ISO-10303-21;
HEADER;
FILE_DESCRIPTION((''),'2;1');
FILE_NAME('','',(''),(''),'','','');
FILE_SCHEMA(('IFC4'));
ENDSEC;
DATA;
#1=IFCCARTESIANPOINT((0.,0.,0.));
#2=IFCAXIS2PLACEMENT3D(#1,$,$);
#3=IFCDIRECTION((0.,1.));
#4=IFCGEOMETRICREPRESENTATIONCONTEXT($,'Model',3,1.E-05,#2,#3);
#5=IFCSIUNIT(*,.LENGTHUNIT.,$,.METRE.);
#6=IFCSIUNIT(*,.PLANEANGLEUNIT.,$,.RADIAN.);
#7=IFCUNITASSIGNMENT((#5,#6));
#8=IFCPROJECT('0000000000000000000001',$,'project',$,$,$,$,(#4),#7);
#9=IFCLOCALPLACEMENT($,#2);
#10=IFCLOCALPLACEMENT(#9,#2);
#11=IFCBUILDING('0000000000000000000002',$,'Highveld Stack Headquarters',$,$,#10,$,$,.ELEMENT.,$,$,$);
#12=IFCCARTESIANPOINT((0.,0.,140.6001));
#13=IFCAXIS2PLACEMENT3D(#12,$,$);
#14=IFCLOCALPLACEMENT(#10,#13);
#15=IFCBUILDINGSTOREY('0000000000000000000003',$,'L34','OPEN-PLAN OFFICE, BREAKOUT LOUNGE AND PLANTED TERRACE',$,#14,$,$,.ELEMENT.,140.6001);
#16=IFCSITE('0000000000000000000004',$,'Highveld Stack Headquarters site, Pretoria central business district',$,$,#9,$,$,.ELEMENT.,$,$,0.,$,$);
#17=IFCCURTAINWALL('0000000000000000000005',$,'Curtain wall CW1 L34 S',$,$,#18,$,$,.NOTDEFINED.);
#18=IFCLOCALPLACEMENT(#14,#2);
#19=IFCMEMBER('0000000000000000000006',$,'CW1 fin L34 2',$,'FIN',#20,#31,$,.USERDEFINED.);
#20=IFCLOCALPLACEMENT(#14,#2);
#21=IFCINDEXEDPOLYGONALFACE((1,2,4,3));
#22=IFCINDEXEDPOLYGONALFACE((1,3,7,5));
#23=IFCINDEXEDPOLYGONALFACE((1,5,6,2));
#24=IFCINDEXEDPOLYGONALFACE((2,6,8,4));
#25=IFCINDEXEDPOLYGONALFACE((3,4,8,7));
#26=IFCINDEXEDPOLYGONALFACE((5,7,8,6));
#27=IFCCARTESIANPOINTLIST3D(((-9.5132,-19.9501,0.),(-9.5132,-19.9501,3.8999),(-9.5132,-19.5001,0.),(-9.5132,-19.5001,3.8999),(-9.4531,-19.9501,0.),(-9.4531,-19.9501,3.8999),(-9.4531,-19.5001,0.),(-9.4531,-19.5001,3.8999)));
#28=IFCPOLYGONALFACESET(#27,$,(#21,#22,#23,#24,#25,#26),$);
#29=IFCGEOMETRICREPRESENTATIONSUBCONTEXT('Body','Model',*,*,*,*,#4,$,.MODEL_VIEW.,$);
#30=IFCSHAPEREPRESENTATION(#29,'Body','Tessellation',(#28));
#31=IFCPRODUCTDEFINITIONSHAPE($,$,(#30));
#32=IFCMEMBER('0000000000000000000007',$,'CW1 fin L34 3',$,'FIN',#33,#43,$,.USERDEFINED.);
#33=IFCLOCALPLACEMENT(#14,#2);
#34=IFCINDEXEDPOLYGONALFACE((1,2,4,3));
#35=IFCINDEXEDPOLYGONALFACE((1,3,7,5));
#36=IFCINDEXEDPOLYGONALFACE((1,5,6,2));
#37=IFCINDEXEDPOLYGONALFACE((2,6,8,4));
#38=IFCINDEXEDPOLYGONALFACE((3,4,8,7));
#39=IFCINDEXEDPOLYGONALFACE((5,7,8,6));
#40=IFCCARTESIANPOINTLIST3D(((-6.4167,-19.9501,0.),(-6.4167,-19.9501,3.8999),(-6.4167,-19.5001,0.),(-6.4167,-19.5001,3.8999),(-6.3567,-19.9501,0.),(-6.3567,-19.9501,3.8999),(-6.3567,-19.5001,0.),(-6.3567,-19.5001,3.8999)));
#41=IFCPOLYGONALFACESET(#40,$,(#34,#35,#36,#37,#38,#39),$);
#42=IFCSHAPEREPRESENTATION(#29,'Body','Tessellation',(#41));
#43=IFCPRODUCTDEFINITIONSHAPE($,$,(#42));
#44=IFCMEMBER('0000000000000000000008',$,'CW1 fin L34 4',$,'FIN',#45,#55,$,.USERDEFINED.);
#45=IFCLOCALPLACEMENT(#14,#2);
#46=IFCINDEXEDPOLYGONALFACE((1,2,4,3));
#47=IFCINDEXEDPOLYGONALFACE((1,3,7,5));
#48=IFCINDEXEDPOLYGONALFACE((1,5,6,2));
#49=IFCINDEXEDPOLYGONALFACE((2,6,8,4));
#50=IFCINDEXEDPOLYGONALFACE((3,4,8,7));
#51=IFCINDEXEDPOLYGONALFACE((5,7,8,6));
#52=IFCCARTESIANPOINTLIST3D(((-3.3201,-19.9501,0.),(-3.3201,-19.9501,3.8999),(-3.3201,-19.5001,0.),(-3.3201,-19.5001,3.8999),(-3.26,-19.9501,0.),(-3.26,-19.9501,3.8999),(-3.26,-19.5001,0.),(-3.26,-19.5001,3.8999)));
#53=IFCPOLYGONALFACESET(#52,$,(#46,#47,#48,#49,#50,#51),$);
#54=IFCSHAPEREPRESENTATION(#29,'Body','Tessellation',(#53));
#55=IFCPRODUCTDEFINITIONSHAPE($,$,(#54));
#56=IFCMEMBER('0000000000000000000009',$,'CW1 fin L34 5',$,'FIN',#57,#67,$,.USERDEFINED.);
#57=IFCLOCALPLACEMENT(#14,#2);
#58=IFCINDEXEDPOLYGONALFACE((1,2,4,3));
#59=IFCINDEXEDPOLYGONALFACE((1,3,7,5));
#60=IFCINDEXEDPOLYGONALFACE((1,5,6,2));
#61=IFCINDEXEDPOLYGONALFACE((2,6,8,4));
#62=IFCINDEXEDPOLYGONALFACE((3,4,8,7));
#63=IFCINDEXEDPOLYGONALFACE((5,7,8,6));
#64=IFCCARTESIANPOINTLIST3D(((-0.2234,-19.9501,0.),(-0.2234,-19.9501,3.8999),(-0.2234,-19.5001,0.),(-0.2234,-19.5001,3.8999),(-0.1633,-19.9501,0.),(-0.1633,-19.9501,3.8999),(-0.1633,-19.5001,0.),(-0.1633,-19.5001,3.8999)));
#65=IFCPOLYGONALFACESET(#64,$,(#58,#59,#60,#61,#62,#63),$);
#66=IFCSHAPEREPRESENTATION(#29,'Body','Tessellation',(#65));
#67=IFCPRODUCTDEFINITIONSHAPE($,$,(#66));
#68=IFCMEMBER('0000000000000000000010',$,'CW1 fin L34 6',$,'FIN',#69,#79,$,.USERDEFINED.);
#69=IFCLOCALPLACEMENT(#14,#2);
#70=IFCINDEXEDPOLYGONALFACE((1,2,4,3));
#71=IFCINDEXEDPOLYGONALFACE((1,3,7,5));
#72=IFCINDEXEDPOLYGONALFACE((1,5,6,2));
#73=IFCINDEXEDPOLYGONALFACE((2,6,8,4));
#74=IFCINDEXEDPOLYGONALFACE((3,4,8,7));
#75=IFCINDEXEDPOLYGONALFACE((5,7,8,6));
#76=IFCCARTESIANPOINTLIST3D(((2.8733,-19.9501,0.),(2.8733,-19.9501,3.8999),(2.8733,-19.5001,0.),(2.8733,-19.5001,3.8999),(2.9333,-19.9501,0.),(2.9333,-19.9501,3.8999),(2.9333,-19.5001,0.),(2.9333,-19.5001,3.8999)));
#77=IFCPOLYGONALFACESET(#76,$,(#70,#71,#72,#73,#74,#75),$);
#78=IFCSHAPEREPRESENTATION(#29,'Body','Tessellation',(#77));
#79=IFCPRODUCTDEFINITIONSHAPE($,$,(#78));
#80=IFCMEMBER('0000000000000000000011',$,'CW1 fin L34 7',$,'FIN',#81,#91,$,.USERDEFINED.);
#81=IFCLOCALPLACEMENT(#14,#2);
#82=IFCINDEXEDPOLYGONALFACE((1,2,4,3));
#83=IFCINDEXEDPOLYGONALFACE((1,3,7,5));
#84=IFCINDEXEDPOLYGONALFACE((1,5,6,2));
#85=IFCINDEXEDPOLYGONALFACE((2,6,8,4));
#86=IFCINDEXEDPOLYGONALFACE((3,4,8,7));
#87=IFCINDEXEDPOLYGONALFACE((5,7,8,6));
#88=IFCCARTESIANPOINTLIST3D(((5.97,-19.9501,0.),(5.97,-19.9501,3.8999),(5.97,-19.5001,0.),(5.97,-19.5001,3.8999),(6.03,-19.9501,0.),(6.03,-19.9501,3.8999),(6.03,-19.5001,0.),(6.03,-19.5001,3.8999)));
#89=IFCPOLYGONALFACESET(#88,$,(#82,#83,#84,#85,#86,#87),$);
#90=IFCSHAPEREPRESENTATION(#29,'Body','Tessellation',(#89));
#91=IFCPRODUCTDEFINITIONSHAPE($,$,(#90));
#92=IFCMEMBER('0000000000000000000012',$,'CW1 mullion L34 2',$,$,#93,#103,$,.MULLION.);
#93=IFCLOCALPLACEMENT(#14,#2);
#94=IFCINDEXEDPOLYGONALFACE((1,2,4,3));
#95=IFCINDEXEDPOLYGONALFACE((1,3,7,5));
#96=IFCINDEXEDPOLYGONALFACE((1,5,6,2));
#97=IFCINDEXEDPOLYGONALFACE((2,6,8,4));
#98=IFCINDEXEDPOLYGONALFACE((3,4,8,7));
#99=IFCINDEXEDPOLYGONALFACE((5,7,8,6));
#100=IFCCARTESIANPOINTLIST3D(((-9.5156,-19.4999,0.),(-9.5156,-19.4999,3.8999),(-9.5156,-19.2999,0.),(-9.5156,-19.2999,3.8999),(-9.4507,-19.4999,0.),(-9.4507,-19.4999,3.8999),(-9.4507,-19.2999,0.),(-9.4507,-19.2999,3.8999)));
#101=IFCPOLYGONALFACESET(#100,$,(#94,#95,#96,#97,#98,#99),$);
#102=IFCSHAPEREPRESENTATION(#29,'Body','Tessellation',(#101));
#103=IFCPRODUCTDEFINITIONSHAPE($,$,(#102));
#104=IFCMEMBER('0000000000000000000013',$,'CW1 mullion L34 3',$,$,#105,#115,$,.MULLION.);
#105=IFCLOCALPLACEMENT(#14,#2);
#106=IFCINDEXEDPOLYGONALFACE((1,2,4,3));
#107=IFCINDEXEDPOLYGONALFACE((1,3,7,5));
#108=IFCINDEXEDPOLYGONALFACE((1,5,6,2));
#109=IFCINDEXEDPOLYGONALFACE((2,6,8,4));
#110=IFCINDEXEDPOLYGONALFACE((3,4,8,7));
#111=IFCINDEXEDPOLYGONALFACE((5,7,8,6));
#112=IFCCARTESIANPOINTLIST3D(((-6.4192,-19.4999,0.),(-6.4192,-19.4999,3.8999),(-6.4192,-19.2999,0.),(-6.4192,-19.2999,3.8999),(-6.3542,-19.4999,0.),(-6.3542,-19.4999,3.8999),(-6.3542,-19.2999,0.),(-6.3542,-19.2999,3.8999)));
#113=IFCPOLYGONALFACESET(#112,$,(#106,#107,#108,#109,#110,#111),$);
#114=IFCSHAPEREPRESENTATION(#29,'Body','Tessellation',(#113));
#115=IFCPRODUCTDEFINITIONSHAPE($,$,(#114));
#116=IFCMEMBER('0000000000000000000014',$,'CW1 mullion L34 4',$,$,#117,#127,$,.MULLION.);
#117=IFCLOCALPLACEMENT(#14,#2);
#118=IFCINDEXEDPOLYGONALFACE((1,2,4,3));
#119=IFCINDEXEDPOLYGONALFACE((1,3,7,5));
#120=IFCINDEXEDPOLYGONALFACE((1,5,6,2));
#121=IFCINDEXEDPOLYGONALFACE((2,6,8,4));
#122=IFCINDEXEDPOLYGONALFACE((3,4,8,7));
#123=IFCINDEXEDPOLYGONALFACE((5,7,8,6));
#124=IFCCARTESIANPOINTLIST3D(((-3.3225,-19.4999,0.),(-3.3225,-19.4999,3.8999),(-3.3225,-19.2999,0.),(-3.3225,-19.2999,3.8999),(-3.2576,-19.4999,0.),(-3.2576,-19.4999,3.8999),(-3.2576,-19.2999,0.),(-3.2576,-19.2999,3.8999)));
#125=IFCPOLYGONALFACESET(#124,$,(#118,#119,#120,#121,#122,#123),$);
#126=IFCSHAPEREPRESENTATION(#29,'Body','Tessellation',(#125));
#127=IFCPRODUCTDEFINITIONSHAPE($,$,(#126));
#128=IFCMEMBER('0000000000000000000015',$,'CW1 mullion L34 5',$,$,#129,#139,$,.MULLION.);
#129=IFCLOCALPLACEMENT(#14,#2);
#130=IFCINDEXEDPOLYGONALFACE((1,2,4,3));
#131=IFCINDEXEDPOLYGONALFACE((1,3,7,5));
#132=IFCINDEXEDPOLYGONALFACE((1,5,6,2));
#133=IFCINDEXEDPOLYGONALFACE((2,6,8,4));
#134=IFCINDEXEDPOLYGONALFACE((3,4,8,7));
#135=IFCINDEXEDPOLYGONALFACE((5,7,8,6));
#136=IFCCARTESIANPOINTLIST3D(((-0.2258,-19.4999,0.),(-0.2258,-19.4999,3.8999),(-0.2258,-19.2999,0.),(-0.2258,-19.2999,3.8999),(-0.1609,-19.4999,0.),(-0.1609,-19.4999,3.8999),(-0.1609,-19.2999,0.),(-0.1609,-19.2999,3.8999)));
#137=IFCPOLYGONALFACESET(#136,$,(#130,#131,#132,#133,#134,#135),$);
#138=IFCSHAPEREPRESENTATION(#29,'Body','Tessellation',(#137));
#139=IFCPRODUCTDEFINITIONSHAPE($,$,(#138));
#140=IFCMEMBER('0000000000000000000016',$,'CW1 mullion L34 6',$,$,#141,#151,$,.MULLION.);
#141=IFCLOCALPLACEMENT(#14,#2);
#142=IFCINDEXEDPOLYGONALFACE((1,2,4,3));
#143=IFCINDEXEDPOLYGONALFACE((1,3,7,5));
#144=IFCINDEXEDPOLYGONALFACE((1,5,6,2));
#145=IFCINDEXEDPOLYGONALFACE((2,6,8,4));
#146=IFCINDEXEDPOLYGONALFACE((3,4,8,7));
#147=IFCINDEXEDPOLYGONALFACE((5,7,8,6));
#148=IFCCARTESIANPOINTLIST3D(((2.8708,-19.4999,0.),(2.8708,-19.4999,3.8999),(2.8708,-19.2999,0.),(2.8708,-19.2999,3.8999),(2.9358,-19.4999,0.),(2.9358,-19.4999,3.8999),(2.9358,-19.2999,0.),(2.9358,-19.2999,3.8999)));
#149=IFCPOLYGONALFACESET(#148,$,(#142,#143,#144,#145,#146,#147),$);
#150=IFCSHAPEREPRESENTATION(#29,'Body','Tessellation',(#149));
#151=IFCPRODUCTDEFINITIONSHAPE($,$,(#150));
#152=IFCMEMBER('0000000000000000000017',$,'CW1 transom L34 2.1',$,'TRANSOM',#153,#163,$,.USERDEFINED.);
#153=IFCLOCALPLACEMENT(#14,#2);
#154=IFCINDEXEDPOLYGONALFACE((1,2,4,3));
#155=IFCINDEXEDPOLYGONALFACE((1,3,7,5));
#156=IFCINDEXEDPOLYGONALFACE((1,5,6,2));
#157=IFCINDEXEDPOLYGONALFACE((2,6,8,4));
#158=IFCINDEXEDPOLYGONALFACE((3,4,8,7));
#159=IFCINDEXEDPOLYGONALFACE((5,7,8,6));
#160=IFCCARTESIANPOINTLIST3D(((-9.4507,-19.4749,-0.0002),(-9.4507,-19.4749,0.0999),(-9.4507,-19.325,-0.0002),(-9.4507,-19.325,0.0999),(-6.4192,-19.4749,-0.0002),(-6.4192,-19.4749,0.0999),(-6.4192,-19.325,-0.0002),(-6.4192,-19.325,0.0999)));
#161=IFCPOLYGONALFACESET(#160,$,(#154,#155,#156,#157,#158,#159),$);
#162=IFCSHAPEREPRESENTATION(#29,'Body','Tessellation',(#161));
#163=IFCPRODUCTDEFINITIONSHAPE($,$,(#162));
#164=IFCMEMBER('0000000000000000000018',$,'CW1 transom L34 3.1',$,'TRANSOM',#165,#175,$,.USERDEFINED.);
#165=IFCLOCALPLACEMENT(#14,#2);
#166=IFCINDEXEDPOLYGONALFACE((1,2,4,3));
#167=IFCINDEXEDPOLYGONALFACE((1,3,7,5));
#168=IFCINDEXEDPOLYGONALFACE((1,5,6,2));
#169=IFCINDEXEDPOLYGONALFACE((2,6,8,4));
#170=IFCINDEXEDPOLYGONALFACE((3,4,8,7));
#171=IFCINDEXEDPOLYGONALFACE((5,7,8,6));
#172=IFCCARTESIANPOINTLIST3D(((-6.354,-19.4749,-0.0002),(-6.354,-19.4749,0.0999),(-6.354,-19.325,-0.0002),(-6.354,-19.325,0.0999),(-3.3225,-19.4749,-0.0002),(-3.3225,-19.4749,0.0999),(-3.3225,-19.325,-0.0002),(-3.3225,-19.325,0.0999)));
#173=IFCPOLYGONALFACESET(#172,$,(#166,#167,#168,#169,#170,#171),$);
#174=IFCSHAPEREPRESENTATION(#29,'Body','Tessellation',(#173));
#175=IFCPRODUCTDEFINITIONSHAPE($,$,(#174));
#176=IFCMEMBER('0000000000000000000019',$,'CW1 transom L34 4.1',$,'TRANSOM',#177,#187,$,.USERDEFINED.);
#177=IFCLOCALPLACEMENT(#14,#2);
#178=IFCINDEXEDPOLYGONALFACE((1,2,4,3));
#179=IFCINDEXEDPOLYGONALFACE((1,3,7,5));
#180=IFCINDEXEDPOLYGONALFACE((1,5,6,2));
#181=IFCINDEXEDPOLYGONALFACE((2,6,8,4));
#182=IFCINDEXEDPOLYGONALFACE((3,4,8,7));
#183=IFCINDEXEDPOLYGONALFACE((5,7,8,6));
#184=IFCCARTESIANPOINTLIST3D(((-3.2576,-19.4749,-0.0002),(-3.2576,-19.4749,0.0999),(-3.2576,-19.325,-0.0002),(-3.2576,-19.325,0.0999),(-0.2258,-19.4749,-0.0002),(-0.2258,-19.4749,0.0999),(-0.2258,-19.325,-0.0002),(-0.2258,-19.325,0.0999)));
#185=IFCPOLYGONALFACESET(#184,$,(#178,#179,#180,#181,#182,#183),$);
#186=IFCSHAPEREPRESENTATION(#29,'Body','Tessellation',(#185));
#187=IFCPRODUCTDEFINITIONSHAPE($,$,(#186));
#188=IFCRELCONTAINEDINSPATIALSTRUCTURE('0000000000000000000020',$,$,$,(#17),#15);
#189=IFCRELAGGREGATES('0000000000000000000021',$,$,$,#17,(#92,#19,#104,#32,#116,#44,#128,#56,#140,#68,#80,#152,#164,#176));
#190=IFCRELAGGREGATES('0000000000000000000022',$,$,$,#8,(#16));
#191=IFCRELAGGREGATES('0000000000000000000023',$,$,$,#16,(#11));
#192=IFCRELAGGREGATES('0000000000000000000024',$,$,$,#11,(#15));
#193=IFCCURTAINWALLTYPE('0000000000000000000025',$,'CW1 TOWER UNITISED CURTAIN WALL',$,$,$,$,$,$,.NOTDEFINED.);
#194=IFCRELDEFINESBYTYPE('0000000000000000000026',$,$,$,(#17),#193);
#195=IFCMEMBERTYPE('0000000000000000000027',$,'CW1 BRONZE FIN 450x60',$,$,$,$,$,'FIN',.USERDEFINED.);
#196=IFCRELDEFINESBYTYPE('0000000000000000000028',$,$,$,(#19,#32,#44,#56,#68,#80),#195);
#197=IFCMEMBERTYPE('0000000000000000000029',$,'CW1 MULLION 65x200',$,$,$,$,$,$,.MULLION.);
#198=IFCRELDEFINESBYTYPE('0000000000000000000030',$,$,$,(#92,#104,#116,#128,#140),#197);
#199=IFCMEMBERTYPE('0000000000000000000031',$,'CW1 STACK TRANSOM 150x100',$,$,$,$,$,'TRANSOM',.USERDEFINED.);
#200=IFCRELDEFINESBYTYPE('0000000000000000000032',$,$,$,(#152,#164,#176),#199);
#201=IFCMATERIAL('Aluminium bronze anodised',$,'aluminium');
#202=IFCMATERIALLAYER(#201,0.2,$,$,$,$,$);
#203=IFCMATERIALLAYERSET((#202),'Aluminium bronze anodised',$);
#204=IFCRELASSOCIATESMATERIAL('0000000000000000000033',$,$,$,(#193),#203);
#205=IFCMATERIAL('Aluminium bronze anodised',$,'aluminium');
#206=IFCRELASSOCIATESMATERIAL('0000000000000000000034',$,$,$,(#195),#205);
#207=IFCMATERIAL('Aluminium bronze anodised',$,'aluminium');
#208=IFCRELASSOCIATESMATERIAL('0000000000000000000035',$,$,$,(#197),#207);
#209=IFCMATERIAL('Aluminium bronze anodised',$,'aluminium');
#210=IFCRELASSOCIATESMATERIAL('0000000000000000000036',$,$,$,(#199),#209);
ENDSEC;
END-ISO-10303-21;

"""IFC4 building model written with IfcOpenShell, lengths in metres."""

from ifc_helpers import new_model, si_unit, direction, frame, origin, origin_2d, place, context, subcontext, project, spatial, rectangle, extrude, material, layer, layer_set, material_profile, profile_set, type_object, element, aggregate, save


model = new_model("IFC4")

# Units and contexts
model_context = context("Model", 3, precision=1e-05, world=origin(), true_north=direction((0.0, 1.0)))
body_context = subcontext(model_context, "Body", "Model", "MODEL_VIEW")
ifc_project = project(units=[si_unit("LENGTHUNIT", "METRE"), si_unit("PLANEANGLEUNIT", "RADIAN")], contexts=[model_context])

# Site, building, storey
site_placement = place(None, origin())
site = spatial("IfcSite", under=ifc_project, at=site_placement, Name="Highveld Stack Headquarters site, Pretoria central business district", CompositionType="ELEMENT", RefElevation=0.0)
building_placement = place(site_placement, origin())
building = spatial("IfcBuilding", under=site, at=building_placement, Name="Highveld Stack Headquarters", CompositionType="ELEMENT")
storey_placement = place(building_placement, frame((0.0, 0.0, 140.6001)))
storey = spatial("IfcBuildingStorey", under=building, at=storey_placement, Name="L34", Description="OPEN-PLAN OFFICE, BREAKOUT LOUNGE AND PLANTED TERRACE", CompositionType="ELEMENT", Elevation=140.6001)

# Curtain wall, members
ifc_material_1 = material(Name="Aluminium bronze anodised", Category="aluminium")
ifc_layer_1 = layer(ifc_material_1, 0.2)
ifc_layer_set_1 = layer_set([ifc_layer_1], Name="Aluminium bronze anodised")
curtain_wall_type = type_object("IfcCurtainWallType", Name="CW1 TOWER UNITISED CURTAIN WALL", PredefinedType="NOTDEFINED", material=ifc_layer_set_1)
curtain_wall_placement = place(storey_placement, origin())
curtain_wall = element("IfcCurtainWall", 1, at=curtain_wall_placement, inside=storey, type_object=curtain_wall_type, Name="Curtain wall CW1 L34 S", PredefinedType="NOTDEFINED")
ifc_material_2 = material(Name="Aluminium bronze anodised", Category="aluminium")
ifc_material_profile_1 = material_profile(ifc_material_2, rectangle(XDim=0.45, YDim=0.0601, at=origin_2d()), Name="FIN 450x60")
ifc_profile_set_1 = profile_set([ifc_material_profile_1], Name="Aluminium bronze anodised")
member_type_1 = type_object("IfcMemberType", Name="CW1 BRONZE FIN 450x60", ElementType="FIN", PredefinedType="USERDEFINED", material=ifc_profile_set_1)
member_1_placement = place(storey_placement, frame((-9.4832, -19.7251, 0.0), z_axis=(0.0, 0.0, 1.0), x_axis=(0.0, 1.0, 0.0)))
member_1 = element("IfcMember", 2, at=member_1_placement, type_object=member_type_1, Name="CW1 fin L34 2", ObjectType="FIN", PredefinedType="USERDEFINED", context=body_context, shape_type="SweptSolid", body=[
    extrude(rectangle(XDim=0.45, YDim=0.0601, at=origin_2d()), origin(), (0.0, 0.0, 1.0), 3.8999),
])
member_2_placement = place(storey_placement, frame((-6.3867, -19.7251, 0.0), z_axis=(0.0, 0.0, 1.0), x_axis=(0.0, 1.0, 0.0)))
member_2 = element("IfcMember", 3, at=member_2_placement, type_object=member_type_1, Name="CW1 fin L34 3", ObjectType="FIN", PredefinedType="USERDEFINED", context=body_context, shape_type="SweptSolid", body=[
    extrude(rectangle(XDim=0.45, YDim=0.0601, at=origin_2d()), origin(), (0.0, 0.0, 1.0), 3.8999),
])
member_3_placement = place(storey_placement, frame((-3.29, -19.7251, 0.0), z_axis=(0.0, 0.0, 1.0), x_axis=(0.0, 1.0, 0.0)))
member_3 = element("IfcMember", 4, at=member_3_placement, type_object=member_type_1, Name="CW1 fin L34 4", ObjectType="FIN", PredefinedType="USERDEFINED", context=body_context, shape_type="SweptSolid", body=[
    extrude(rectangle(XDim=0.45, YDim=0.0601, at=origin_2d()), origin(), (0.0, 0.0, 1.0), 3.8999),
])
member_4_placement = place(storey_placement, frame((-0.1934, -19.7251, 0.0), z_axis=(0.0, 0.0, 1.0), x_axis=(0.0, 1.0, 0.0)))
member_4 = element("IfcMember", 5, at=member_4_placement, type_object=member_type_1, Name="CW1 fin L34 5", ObjectType="FIN", PredefinedType="USERDEFINED", context=body_context, shape_type="SweptSolid", body=[
    extrude(rectangle(XDim=0.45, YDim=0.0601, at=origin_2d()), origin(), (0.0, 0.0, 1.0), 3.8999),
])
member_5_placement = place(storey_placement, frame((2.9033, -19.7251, 0.0), z_axis=(0.0, 0.0, 1.0), x_axis=(0.0, 1.0, 0.0)))
member_5 = element("IfcMember", 6, at=member_5_placement, type_object=member_type_1, Name="CW1 fin L34 6", ObjectType="FIN", PredefinedType="USERDEFINED", context=body_context, shape_type="SweptSolid", body=[
    extrude(rectangle(XDim=0.45, YDim=0.0601, at=origin_2d()), origin(), (0.0, 0.0, 1.0), 3.8999),
])
member_6_placement = place(storey_placement, frame((6.0, -19.7251, 0.0), z_axis=(0.0, 0.0, 1.0), x_axis=(0.0, 1.0, 0.0)))
member_6 = element("IfcMember", 7, at=member_6_placement, type_object=member_type_1, Name="CW1 fin L34 7", ObjectType="FIN", PredefinedType="USERDEFINED", context=body_context, shape_type="SweptSolid", body=[
    extrude(rectangle(XDim=0.45, YDim=0.0601, at=origin_2d()), origin(), (0.0, 0.0, 1.0), 3.8999),
])
ifc_material_3 = material(Name="Aluminium bronze anodised", Category="aluminium")
ifc_material_profile_2 = material_profile(ifc_material_3, rectangle(XDim=0.2, YDim=0.0649, at=origin_2d()), Name="CW1 MULLION 65x200")
ifc_profile_set_2 = profile_set([ifc_material_profile_2], Name="Aluminium bronze anodised")
member_type_2 = type_object("IfcMemberType", Name="CW1 MULLION 65x200", PredefinedType="MULLION", material=ifc_profile_set_2)
member_7_placement = place(storey_placement, frame((-9.4832, -19.3999, 0.0), z_axis=(0.0, 0.0, 1.0), x_axis=(0.0, 1.0, 0.0)))
member_7 = element("IfcMember", 8, at=member_7_placement, type_object=member_type_2, Name="CW1 mullion L34 2", PredefinedType="MULLION", context=body_context, shape_type="SweptSolid", body=[
    extrude(rectangle(XDim=0.2, YDim=0.0649, at=origin_2d()), origin(), (0.0, 0.0, 1.0), 3.8999),
])
member_8_placement = place(storey_placement, frame((-6.3867, -19.3999, 0.0), z_axis=(0.0, 0.0, 1.0), x_axis=(0.0, 1.0, 0.0)))
member_8 = element("IfcMember", 9, at=member_8_placement, type_object=member_type_2, Name="CW1 mullion L34 3", PredefinedType="MULLION", context=body_context, shape_type="SweptSolid", body=[
    extrude(rectangle(XDim=0.2, YDim=0.0649, at=origin_2d()), origin(), (0.0, 0.0, 1.0), 3.8999),
])
member_9_placement = place(storey_placement, frame((-3.29, -19.3999, 0.0), z_axis=(0.0, 0.0, 1.0), x_axis=(0.0, 1.0, 0.0)))
member_9 = element("IfcMember", 10, at=member_9_placement, type_object=member_type_2, Name="CW1 mullion L34 4", PredefinedType="MULLION", context=body_context, shape_type="SweptSolid", body=[
    extrude(rectangle(XDim=0.2, YDim=0.0649, at=origin_2d()), origin(), (0.0, 0.0, 1.0), 3.8999),
])
member_10_placement = place(storey_placement, frame((-0.1934, -19.3999, 0.0), z_axis=(0.0, 0.0, 1.0), x_axis=(0.0, 1.0, 0.0)))
member_10 = element("IfcMember", 11, at=member_10_placement, type_object=member_type_2, Name="CW1 mullion L34 5", PredefinedType="MULLION", context=body_context, shape_type="SweptSolid", body=[
    extrude(rectangle(XDim=0.2, YDim=0.0649, at=origin_2d()), origin(), (0.0, 0.0, 1.0), 3.8999),
])
member_11_placement = place(storey_placement, frame((2.9033, -19.3999, 0.0), z_axis=(0.0, 0.0, 1.0), x_axis=(0.0, 1.0, 0.0)))
member_11 = element("IfcMember", 12, at=member_11_placement, type_object=member_type_2, Name="CW1 mullion L34 6", PredefinedType="MULLION", context=body_context, shape_type="SweptSolid", body=[
    extrude(rectangle(XDim=0.2, YDim=0.0649, at=origin_2d()), origin(), (0.0, 0.0, 1.0), 3.8999),
])
ifc_material_4 = material(Name="Aluminium bronze anodised", Category="aluminium")
ifc_material_profile_3 = material_profile(ifc_material_4, rectangle(XDim=0.1499, YDim=0.1001, at=origin_2d()), Name="CW1 TRANSOM 150x100")
ifc_profile_set_3 = profile_set([ifc_material_profile_3], Name="Aluminium bronze anodised")
member_type_3 = type_object("IfcMemberType", Name="CW1 STACK TRANSOM 150x100", ElementType="TRANSOM", PredefinedType="USERDEFINED", material=ifc_profile_set_3)
member_12_placement = place(storey_placement, frame((-9.4507, -19.3999, 0.0498), z_axis=(1.0, 0.0, 0.0), x_axis=(0.0, 1.0, 0.0)))
member_12 = element("IfcMember", 13, at=member_12_placement, type_object=member_type_3, Name="CW1 transom L34 2.1", ObjectType="TRANSOM", PredefinedType="USERDEFINED", context=body_context, shape_type="SweptSolid", body=[
    extrude(rectangle(XDim=0.1499, YDim=0.1001, at=origin_2d()), origin(), (0.0, 0.0, 1.0), 3.0315),
])
member_13_placement = place(storey_placement, frame((-6.354, -19.3999, 0.0498), z_axis=(1.0, 0.0, 0.0), x_axis=(0.0, 1.0, 0.0)))
member_13 = element("IfcMember", 14, at=member_13_placement, type_object=member_type_3, Name="CW1 transom L34 3.1", ObjectType="TRANSOM", PredefinedType="USERDEFINED", context=body_context, shape_type="SweptSolid", body=[
    extrude(rectangle(XDim=0.1499, YDim=0.1001, at=origin_2d()), origin(), (0.0, 0.0, 1.0), 3.0315),
])
member_14_placement = place(storey_placement, frame((-3.2576, -19.3999, 0.0498), z_axis=(1.0, 0.0, 0.0), x_axis=(0.0, 1.0, 0.0)))
member_14 = element("IfcMember", 15, at=member_14_placement, type_object=member_type_3, Name="CW1 transom L34 4.1", ObjectType="TRANSOM", PredefinedType="USERDEFINED", context=body_context, shape_type="SweptSolid", body=[
    extrude(rectangle(XDim=0.1499, YDim=0.1001, at=origin_2d()), origin(), (0.0, 0.0, 1.0), 3.0317),
])
aggregate(curtain_wall, [member_7, member_1, member_8, member_2, member_9, member_3, member_10, member_4, member_11, member_5, member_6, member_12, member_13, member_14])

save(model, "model.ifc")
